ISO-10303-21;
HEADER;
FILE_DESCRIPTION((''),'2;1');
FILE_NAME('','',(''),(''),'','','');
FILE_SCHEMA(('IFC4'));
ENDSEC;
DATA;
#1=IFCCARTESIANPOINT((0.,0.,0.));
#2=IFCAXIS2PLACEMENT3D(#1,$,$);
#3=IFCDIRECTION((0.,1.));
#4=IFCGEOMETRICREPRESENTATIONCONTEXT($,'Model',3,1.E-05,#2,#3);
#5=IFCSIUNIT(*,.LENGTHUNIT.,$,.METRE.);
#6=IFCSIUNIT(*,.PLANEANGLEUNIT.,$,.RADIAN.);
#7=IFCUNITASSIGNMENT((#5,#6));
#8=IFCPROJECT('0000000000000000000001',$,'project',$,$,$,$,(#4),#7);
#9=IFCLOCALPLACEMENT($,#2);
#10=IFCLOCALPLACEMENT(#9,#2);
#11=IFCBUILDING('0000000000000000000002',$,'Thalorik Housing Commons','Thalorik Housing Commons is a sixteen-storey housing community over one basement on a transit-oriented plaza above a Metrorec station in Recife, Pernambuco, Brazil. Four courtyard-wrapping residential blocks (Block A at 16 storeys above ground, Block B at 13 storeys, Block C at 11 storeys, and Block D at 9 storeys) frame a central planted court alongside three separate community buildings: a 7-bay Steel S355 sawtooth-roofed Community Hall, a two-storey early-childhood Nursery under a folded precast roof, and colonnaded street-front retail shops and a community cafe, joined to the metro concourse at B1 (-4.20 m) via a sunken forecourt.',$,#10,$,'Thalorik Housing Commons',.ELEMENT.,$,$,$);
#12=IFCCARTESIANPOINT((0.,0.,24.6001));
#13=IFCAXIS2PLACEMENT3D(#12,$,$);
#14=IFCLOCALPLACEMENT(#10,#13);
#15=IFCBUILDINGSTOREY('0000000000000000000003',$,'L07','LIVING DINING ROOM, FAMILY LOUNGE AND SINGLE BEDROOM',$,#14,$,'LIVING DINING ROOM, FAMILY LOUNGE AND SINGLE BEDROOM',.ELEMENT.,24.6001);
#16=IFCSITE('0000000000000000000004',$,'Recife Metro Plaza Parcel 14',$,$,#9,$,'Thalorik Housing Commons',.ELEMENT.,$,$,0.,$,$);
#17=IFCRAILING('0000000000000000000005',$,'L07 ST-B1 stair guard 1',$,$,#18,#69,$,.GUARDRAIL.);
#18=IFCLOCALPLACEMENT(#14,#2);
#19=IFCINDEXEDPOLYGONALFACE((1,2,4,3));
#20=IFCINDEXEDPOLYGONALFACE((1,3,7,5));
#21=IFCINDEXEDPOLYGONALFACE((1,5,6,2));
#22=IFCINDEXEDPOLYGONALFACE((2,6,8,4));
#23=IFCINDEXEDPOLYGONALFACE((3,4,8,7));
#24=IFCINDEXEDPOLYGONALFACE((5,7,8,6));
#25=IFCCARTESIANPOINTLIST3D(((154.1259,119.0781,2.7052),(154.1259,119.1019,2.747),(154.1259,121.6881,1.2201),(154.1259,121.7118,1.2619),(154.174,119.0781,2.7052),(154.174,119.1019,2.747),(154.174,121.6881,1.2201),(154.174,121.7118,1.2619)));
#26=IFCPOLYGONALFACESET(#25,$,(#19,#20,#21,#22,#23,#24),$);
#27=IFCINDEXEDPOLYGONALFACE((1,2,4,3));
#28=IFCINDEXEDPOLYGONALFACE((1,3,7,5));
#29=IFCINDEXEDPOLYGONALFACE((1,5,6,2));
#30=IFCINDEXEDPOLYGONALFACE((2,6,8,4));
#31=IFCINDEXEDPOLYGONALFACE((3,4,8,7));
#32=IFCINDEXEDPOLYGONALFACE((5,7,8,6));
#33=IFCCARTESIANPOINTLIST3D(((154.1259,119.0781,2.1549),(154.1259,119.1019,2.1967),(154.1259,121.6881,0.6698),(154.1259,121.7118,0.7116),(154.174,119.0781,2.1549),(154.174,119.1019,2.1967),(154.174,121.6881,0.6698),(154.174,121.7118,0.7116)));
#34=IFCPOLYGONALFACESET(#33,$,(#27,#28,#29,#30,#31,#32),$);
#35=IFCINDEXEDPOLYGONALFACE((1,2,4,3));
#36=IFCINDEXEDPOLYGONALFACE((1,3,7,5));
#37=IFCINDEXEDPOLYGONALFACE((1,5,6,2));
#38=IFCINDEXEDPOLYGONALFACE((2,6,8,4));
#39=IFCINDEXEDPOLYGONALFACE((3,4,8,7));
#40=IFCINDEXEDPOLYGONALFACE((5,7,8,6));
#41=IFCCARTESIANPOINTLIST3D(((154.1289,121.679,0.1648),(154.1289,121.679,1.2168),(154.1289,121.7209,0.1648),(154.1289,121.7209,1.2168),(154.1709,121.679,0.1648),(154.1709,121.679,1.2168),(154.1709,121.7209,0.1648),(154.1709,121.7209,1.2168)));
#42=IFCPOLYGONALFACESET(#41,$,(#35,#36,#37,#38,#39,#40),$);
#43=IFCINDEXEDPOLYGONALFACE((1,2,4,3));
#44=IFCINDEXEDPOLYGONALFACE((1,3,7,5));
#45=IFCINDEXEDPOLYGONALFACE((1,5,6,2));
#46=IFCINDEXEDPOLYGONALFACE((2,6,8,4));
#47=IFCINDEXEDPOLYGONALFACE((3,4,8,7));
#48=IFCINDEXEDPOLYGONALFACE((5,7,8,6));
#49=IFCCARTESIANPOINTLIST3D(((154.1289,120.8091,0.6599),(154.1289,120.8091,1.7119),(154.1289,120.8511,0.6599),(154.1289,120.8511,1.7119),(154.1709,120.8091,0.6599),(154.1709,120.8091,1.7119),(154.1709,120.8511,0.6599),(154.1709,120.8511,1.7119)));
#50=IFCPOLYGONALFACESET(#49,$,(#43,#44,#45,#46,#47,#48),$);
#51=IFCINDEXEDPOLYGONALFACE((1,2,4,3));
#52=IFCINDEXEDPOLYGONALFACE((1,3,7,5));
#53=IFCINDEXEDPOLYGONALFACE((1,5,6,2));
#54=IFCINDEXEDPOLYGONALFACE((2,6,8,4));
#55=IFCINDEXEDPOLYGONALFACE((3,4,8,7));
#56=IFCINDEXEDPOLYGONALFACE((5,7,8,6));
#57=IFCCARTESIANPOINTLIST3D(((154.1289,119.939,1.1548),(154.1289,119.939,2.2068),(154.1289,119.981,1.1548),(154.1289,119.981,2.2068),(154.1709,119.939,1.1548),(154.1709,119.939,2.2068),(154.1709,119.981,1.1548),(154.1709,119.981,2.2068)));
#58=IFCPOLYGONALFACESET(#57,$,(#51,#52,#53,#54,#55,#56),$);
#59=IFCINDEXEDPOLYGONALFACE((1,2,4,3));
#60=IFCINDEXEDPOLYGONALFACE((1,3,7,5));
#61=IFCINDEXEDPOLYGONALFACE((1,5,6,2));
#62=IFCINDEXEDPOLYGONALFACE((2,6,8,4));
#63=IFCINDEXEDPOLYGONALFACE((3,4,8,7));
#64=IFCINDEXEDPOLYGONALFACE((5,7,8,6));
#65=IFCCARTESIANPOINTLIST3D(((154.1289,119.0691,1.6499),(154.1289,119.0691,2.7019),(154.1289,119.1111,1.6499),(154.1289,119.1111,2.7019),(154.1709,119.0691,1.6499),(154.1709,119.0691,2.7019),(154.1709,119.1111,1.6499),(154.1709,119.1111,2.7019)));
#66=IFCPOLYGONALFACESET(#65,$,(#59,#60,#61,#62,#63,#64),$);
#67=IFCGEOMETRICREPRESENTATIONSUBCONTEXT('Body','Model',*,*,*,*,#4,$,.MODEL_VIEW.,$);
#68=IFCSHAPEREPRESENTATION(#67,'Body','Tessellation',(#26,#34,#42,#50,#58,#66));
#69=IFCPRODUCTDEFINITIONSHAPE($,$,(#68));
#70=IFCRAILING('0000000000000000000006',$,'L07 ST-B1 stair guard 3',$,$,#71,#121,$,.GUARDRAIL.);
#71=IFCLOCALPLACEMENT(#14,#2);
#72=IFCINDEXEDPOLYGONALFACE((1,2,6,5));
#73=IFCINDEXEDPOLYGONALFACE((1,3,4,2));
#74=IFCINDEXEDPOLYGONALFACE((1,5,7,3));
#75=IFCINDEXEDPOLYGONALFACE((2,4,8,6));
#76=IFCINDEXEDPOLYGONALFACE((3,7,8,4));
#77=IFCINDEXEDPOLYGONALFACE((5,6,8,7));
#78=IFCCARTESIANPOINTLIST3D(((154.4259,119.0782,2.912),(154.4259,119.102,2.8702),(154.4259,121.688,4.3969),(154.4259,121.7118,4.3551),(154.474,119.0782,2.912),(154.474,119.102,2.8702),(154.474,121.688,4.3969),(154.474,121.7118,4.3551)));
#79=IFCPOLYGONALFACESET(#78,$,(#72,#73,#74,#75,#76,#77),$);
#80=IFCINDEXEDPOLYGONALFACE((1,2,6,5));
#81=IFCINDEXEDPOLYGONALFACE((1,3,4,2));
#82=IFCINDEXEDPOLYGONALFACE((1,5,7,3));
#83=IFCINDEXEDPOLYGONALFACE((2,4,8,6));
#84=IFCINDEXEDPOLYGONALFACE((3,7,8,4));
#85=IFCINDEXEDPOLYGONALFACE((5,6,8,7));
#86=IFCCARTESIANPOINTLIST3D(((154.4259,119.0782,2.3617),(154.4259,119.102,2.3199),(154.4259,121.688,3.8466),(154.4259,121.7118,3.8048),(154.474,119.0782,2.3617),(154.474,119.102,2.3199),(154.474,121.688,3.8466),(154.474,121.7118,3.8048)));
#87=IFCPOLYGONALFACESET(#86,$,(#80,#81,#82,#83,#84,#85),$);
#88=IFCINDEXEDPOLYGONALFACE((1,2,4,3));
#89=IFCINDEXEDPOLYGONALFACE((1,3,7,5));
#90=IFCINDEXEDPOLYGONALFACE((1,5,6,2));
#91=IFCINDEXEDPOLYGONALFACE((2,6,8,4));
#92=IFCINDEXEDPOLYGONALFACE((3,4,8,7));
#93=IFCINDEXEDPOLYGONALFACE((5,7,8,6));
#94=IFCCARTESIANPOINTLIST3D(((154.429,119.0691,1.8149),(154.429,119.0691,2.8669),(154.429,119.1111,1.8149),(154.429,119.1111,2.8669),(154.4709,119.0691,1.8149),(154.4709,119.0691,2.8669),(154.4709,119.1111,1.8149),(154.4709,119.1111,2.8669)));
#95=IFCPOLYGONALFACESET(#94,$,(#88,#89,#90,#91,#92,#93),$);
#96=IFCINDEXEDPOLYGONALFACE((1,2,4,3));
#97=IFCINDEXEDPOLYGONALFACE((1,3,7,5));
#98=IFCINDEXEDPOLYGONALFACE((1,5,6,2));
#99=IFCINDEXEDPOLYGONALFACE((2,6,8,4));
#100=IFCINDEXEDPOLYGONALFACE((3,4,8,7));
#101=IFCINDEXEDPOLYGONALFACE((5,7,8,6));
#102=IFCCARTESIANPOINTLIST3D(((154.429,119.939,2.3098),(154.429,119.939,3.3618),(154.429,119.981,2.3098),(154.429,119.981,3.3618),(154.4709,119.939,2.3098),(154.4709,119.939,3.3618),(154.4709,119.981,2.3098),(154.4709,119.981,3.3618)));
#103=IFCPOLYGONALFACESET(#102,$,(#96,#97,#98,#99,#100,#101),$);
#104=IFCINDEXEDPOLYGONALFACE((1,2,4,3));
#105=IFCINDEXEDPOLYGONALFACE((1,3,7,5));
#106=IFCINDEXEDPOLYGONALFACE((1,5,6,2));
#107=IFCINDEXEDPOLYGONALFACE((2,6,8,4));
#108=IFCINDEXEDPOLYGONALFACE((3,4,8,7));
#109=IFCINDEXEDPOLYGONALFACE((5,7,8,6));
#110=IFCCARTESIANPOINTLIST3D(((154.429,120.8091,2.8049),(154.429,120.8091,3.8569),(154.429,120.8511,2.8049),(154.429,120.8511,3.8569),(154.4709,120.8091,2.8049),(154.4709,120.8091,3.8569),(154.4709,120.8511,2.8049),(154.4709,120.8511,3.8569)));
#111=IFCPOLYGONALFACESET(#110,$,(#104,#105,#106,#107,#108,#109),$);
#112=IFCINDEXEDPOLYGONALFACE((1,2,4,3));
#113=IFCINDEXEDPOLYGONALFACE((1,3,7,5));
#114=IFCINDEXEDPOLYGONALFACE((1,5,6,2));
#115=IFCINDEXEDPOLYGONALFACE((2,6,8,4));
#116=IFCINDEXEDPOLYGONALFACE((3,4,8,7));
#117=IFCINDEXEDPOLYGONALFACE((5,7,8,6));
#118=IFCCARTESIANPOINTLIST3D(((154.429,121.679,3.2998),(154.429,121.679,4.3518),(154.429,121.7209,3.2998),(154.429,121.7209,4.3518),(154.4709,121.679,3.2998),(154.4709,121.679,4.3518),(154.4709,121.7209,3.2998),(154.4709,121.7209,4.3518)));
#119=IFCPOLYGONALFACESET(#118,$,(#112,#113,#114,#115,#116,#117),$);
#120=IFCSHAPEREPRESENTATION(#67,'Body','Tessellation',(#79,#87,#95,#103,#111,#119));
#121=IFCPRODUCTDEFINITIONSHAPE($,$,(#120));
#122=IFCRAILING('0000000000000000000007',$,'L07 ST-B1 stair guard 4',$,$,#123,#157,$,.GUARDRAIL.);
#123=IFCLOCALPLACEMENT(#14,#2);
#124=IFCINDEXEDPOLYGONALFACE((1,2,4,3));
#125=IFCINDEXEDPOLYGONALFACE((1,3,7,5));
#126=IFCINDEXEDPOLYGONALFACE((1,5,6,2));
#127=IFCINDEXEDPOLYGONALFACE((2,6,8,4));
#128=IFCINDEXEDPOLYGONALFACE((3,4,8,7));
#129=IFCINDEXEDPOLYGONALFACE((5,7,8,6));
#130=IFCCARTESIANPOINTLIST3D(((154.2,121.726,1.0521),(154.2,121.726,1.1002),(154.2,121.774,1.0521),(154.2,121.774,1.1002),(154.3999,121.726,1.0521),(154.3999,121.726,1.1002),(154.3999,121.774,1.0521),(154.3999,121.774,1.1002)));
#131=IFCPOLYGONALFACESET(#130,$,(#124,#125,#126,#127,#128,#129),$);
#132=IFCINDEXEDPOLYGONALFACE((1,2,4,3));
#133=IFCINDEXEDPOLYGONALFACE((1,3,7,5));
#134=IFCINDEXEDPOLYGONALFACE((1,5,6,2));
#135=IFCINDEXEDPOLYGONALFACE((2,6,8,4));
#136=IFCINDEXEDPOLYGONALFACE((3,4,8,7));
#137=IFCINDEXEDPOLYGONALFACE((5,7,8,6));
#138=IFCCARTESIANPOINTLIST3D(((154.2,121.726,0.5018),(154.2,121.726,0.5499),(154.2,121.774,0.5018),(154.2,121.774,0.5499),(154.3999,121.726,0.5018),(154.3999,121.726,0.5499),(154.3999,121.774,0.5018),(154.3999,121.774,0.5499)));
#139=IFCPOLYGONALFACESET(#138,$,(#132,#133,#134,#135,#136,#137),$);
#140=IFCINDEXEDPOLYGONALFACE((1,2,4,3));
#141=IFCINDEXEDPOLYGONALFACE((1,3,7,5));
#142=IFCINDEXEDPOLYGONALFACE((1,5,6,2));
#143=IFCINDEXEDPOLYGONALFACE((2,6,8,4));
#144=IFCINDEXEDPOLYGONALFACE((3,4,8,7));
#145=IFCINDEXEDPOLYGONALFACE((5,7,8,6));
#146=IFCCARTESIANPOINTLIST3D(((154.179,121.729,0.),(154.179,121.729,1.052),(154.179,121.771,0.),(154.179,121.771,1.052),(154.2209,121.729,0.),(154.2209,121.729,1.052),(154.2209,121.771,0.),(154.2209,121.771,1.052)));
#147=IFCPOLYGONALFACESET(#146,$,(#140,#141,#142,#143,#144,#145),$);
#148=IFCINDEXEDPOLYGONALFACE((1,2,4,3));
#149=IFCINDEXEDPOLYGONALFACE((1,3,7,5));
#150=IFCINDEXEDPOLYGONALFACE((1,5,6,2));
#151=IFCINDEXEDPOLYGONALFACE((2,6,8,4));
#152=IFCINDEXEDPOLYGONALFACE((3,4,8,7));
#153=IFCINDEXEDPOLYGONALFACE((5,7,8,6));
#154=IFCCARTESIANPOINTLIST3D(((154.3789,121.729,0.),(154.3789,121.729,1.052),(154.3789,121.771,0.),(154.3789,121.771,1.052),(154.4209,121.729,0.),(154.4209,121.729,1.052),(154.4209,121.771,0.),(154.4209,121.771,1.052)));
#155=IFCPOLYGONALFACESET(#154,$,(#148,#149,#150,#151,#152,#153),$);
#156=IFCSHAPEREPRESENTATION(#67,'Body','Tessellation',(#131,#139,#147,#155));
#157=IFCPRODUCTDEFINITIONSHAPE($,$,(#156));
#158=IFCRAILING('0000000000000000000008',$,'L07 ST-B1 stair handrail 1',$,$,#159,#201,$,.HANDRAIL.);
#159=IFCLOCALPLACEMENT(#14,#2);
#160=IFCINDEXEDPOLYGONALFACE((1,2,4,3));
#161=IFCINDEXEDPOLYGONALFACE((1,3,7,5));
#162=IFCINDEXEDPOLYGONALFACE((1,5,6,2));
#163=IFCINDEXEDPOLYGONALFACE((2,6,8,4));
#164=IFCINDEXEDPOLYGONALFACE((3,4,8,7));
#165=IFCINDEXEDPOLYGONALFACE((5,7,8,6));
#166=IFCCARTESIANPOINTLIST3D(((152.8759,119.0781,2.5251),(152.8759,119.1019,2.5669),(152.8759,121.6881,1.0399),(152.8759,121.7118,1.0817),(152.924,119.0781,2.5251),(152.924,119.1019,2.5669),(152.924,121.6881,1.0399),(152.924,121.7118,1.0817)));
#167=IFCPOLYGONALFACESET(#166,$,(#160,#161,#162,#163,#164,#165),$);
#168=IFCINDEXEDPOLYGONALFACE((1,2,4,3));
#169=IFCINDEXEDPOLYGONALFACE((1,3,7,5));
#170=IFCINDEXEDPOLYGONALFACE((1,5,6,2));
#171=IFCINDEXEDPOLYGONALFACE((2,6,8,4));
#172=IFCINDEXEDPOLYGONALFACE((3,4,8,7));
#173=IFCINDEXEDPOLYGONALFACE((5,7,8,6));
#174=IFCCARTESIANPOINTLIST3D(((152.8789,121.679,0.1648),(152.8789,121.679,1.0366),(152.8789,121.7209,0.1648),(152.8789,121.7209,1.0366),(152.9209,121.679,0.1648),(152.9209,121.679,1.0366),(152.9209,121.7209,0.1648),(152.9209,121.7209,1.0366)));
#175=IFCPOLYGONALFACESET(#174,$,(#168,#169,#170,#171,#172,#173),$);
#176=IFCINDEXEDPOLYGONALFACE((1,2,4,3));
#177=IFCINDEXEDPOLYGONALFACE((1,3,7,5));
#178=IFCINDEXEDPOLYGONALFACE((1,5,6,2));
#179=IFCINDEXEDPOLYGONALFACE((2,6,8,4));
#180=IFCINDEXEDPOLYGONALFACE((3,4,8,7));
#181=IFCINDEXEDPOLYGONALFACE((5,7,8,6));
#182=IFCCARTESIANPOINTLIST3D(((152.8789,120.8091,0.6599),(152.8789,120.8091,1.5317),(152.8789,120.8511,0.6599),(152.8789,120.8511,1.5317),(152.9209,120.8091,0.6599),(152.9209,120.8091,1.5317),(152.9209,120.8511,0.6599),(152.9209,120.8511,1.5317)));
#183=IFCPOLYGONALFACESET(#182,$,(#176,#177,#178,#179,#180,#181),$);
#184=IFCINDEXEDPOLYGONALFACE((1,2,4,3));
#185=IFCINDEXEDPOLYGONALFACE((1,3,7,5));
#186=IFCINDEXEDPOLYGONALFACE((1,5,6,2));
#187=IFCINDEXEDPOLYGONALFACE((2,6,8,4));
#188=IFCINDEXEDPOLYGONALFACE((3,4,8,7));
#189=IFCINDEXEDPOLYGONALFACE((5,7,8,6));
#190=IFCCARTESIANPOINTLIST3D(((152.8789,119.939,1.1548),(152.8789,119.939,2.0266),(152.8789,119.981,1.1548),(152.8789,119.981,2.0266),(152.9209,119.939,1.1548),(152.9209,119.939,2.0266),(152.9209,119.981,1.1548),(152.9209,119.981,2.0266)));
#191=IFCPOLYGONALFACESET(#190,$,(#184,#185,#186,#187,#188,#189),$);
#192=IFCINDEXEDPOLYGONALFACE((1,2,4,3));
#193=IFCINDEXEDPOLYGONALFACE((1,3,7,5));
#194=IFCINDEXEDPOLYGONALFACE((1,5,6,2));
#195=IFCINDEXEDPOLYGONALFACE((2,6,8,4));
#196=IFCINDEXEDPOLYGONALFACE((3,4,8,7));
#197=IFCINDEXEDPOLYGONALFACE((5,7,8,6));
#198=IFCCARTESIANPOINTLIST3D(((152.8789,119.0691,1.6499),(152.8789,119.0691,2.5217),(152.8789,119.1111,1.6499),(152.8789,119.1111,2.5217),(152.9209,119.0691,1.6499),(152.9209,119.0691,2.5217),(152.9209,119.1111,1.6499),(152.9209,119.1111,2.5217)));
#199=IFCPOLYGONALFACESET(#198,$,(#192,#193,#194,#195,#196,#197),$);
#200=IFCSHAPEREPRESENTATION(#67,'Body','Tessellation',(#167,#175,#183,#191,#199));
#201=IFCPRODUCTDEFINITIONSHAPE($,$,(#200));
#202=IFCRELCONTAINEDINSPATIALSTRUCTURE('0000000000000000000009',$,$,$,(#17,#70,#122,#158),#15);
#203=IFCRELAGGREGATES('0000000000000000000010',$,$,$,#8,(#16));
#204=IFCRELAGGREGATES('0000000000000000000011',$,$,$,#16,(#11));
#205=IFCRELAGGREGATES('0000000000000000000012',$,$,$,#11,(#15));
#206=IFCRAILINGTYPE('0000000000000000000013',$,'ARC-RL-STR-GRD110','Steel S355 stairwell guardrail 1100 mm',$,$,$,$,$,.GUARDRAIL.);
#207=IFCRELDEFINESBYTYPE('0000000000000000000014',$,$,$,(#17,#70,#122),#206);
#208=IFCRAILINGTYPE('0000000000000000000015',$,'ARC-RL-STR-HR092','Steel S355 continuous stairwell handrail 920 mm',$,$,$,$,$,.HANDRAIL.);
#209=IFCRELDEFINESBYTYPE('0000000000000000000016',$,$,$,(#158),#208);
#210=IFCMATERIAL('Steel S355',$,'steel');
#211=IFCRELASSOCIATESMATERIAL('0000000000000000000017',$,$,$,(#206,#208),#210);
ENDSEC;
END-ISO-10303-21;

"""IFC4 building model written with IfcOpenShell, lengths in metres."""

from ifc_helpers import new_model, si_unit, direction, frame, origin, origin_2d, place, context, subcontext, project, spatial, rectangle, extrude, material, type_object, element, save


model = new_model("IFC4")

# Units and contexts
model_context = context("Model", 3, precision=1e-05, world=origin(), true_north=direction((0.0, 1.0)))
body_context = subcontext(model_context, "Body", "Model", "MODEL_VIEW")
ifc_project = project(units=[si_unit("LENGTHUNIT", "METRE"), si_unit("PLANEANGLEUNIT", "RADIAN")], contexts=[model_context])

# Site, building, storey
site_placement = place(None, origin())
site = spatial("IfcSite", under=ifc_project, at=site_placement, Name="Recife Metro Plaza Parcel 14", LongName="Thalorik Housing Commons", CompositionType="ELEMENT", RefElevation=0.0)
building_placement = place(site_placement, origin())
building = spatial("IfcBuilding", under=site, at=building_placement, Name="Thalorik Housing Commons", Description="Thalorik Housing Commons is a sixteen-storey housing community over one basement on a transit-oriented plaza above a Metrorec station in Recife, Pernambuco, Brazil. Four courtyard-wrapping residential blocks (Block A at 16 storeys above ground, Block B at 13 storeys, Block C at 11 storeys, and Block D at 9 storeys) frame a central planted court alongside three separate community buildings: a 7-bay Steel S355 sawtooth-roofed Community Hall, a two-storey early-childhood Nursery under a folded precast roof, and colonnaded street-front retail shops and a community cafe, joined to the metro concourse at B1 (-4.20 m) via a sunken forecourt.", LongName="Thalorik Housing Commons", CompositionType="ELEMENT")
storey_placement = place(building_placement, frame((0.0, 0.0, 24.6001)))
storey = spatial("IfcBuildingStorey", under=building, at=storey_placement, Name="L07", Description="LIVING DINING ROOM, FAMILY LOUNGE AND SINGLE BEDROOM", LongName="LIVING DINING ROOM, FAMILY LOUNGE AND SINGLE BEDROOM", CompositionType="ELEMENT", Elevation=24.6001)

# Shared definitions
ifc_material_1 = material(Name="Steel S355", Category="steel")

# Railings
railing_type_1 = type_object("IfcRailingType", Name="ARC-RL-STR-GRD110", Description="Steel S355 stairwell guardrail 1100 mm", PredefinedType="GUARDRAIL", material=ifc_material_1)
railing_1_placement = place(storey_placement, frame((154.1499, 121.7, 0.1648)))
element("IfcRailing", 1, at=railing_1_placement, inside=storey, type_object=railing_type_1, Name="L07 ST-B1 stair guard 1", PredefinedType="GUARDRAIL", context=body_context, shape_type="SweptSolid", body=[
    extrude(rectangle(XDim=0.0481, YDim=0.0481, at=origin_2d()), frame((0.0, 0.0, 1.0762), z_axis=(0.0, -0.869137, 0.494571), x_axis=(1.0, 0.0, 0.0)), (0.0, 0.0, 1.0), 3.0029),
    extrude(rectangle(XDim=0.0481, YDim=0.0481, at=origin_2d()), frame((0.0, 0.0, 0.5259), z_axis=(0.0, -0.869137, 0.494571), x_axis=(1.0, 0.0, 0.0)), (0.0, 0.0, 1.0), 3.0029),
    extrude(rectangle(XDim=0.042, YDim=0.042, at=origin_2d()), origin(), (0.0, 0.0, 1.0), 1.052),
    extrude(rectangle(XDim=0.042, YDim=0.042, at=origin_2d()), frame((0.0, -0.8699, 0.4951)), (0.0, 0.0, 1.0), 1.052),
    extrude(rectangle(XDim=0.042, YDim=0.042, at=origin_2d()), frame((0.0, -1.74, 0.99)), (0.0, 0.0, 1.0), 1.052),
    extrude(rectangle(XDim=0.042, YDim=0.042, at=origin_2d()), frame((0.0, -2.6099, 1.4851)), (0.0, 0.0, 1.0), 1.052),
])
railing_2_placement = place(storey_placement, frame((154.45, 119.0901, 1.8149)))
element("IfcRailing", 2, at=railing_2_placement, inside=storey, type_object=railing_type_1, Name="L07 ST-B1 stair guard 3", PredefinedType="GUARDRAIL", context=body_context, shape_type="SweptSolid", body=[
    extrude(rectangle(XDim=0.0481, YDim=0.0481, at=origin_2d()), frame((0.0, 0.0, 1.0762), z_axis=(0.0, 0.869172, 0.494509), x_axis=(-1.0, 0.0, 0.0)), (0.0, 0.0, 1.0), 3.0027),
    extrude(rectangle(XDim=0.0481, YDim=0.0481, at=origin_2d()), frame((0.0, 0.0, 0.5259), z_axis=(0.0, 0.869172, 0.494509), x_axis=(-1.0, 0.0, 0.0)), (0.0, 0.0, 1.0), 3.0027),
    extrude(rectangle(XDim=0.042, YDim=0.042, at=origin_2d()), origin(), (0.0, 0.0, 1.0), 1.052),
    extrude(rectangle(XDim=0.042, YDim=0.042, at=origin_2d()), frame((0.0, 0.8699, 0.4949)), (0.0, 0.0, 1.0), 1.052),
    extrude(rectangle(XDim=0.042, YDim=0.042, at=origin_2d()), frame((0.0, 1.74, 0.99)), (0.0, 0.0, 1.0), 1.052),
    extrude(rectangle(XDim=0.042, YDim=0.042, at=origin_2d()), frame((0.0, 2.6099, 1.4849)), (0.0, 0.0, 1.0), 1.052),
])
railing_3_placement = place(storey_placement, frame((154.2, 121.75, 0.0)))
element("IfcRailing", 3, at=railing_3_placement, inside=storey, type_object=railing_type_1, Name="L07 ST-B1 stair guard 4", PredefinedType="GUARDRAIL", context=body_context, shape_type="SweptSolid", body=[
    extrude(rectangle(XDim=0.0481, YDim=0.0481, at=origin_2d()), frame((0.0, 0.0, 1.0762), z_axis=(1.0, 0.0, 0.0), x_axis=(0.0, 1.0, 0.0)), (0.0, 0.0, 1.0), 0.2),
    extrude(rectangle(XDim=0.0481, YDim=0.0481, at=origin_2d()), frame((0.0, 0.0, 0.5259), z_axis=(1.0, 0.0, 0.0), x_axis=(0.0, 1.0, 0.0)), (0.0, 0.0, 1.0), 0.2),
    extrude(rectangle(XDim=0.042, YDim=0.042, at=origin_2d()), origin(), (0.0, 0.0, 1.0), 1.052),
    extrude(rectangle(XDim=0.042, YDim=0.042, at=origin_2d()), frame((0.2, 0.0, 0.0)), (0.0, 0.0, 1.0), 1.052),
])
railing_type_2 = type_object("IfcRailingType", Name="ARC-RL-STR-HR092", Description="Steel S355 continuous stairwell handrail 920 mm", PredefinedType="HANDRAIL", material=ifc_material_1)
railing_4_placement = place(storey_placement, frame((152.8999, 121.7, 0.1648)))
element("IfcRailing", 4, at=railing_4_placement, inside=storey, type_object=railing_type_2, Name="L07 ST-B1 stair handrail 1", PredefinedType="HANDRAIL", context=body_context, shape_type="SweptSolid", body=[
    extrude(rectangle(XDim=0.0481, YDim=0.0481, at=origin_2d()), frame((0.0, 0.0, 0.896), z_axis=(0.0, -0.869137, 0.494571), x_axis=(1.0, 0.0, 0.0)), (0.0, 0.0, 1.0), 3.0029),
    extrude(rectangle(XDim=0.042, YDim=0.042, at=origin_2d()), origin(), (0.0, 0.0, 1.0), 0.8718),
    extrude(rectangle(XDim=0.042, YDim=0.042, at=origin_2d()), frame((0.0, -0.8699, 0.4951)), (0.0, 0.0, 1.0), 0.8718),
    extrude(rectangle(XDim=0.042, YDim=0.042, at=origin_2d()), frame((0.0, -1.74, 0.99)), (0.0, 0.0, 1.0), 0.8718),
    extrude(rectangle(XDim=0.042, YDim=0.042, at=origin_2d()), frame((0.0, -2.6099, 1.4851)), (0.0, 0.0, 1.0), 0.8718),
])

save(model, "model.ifc")
